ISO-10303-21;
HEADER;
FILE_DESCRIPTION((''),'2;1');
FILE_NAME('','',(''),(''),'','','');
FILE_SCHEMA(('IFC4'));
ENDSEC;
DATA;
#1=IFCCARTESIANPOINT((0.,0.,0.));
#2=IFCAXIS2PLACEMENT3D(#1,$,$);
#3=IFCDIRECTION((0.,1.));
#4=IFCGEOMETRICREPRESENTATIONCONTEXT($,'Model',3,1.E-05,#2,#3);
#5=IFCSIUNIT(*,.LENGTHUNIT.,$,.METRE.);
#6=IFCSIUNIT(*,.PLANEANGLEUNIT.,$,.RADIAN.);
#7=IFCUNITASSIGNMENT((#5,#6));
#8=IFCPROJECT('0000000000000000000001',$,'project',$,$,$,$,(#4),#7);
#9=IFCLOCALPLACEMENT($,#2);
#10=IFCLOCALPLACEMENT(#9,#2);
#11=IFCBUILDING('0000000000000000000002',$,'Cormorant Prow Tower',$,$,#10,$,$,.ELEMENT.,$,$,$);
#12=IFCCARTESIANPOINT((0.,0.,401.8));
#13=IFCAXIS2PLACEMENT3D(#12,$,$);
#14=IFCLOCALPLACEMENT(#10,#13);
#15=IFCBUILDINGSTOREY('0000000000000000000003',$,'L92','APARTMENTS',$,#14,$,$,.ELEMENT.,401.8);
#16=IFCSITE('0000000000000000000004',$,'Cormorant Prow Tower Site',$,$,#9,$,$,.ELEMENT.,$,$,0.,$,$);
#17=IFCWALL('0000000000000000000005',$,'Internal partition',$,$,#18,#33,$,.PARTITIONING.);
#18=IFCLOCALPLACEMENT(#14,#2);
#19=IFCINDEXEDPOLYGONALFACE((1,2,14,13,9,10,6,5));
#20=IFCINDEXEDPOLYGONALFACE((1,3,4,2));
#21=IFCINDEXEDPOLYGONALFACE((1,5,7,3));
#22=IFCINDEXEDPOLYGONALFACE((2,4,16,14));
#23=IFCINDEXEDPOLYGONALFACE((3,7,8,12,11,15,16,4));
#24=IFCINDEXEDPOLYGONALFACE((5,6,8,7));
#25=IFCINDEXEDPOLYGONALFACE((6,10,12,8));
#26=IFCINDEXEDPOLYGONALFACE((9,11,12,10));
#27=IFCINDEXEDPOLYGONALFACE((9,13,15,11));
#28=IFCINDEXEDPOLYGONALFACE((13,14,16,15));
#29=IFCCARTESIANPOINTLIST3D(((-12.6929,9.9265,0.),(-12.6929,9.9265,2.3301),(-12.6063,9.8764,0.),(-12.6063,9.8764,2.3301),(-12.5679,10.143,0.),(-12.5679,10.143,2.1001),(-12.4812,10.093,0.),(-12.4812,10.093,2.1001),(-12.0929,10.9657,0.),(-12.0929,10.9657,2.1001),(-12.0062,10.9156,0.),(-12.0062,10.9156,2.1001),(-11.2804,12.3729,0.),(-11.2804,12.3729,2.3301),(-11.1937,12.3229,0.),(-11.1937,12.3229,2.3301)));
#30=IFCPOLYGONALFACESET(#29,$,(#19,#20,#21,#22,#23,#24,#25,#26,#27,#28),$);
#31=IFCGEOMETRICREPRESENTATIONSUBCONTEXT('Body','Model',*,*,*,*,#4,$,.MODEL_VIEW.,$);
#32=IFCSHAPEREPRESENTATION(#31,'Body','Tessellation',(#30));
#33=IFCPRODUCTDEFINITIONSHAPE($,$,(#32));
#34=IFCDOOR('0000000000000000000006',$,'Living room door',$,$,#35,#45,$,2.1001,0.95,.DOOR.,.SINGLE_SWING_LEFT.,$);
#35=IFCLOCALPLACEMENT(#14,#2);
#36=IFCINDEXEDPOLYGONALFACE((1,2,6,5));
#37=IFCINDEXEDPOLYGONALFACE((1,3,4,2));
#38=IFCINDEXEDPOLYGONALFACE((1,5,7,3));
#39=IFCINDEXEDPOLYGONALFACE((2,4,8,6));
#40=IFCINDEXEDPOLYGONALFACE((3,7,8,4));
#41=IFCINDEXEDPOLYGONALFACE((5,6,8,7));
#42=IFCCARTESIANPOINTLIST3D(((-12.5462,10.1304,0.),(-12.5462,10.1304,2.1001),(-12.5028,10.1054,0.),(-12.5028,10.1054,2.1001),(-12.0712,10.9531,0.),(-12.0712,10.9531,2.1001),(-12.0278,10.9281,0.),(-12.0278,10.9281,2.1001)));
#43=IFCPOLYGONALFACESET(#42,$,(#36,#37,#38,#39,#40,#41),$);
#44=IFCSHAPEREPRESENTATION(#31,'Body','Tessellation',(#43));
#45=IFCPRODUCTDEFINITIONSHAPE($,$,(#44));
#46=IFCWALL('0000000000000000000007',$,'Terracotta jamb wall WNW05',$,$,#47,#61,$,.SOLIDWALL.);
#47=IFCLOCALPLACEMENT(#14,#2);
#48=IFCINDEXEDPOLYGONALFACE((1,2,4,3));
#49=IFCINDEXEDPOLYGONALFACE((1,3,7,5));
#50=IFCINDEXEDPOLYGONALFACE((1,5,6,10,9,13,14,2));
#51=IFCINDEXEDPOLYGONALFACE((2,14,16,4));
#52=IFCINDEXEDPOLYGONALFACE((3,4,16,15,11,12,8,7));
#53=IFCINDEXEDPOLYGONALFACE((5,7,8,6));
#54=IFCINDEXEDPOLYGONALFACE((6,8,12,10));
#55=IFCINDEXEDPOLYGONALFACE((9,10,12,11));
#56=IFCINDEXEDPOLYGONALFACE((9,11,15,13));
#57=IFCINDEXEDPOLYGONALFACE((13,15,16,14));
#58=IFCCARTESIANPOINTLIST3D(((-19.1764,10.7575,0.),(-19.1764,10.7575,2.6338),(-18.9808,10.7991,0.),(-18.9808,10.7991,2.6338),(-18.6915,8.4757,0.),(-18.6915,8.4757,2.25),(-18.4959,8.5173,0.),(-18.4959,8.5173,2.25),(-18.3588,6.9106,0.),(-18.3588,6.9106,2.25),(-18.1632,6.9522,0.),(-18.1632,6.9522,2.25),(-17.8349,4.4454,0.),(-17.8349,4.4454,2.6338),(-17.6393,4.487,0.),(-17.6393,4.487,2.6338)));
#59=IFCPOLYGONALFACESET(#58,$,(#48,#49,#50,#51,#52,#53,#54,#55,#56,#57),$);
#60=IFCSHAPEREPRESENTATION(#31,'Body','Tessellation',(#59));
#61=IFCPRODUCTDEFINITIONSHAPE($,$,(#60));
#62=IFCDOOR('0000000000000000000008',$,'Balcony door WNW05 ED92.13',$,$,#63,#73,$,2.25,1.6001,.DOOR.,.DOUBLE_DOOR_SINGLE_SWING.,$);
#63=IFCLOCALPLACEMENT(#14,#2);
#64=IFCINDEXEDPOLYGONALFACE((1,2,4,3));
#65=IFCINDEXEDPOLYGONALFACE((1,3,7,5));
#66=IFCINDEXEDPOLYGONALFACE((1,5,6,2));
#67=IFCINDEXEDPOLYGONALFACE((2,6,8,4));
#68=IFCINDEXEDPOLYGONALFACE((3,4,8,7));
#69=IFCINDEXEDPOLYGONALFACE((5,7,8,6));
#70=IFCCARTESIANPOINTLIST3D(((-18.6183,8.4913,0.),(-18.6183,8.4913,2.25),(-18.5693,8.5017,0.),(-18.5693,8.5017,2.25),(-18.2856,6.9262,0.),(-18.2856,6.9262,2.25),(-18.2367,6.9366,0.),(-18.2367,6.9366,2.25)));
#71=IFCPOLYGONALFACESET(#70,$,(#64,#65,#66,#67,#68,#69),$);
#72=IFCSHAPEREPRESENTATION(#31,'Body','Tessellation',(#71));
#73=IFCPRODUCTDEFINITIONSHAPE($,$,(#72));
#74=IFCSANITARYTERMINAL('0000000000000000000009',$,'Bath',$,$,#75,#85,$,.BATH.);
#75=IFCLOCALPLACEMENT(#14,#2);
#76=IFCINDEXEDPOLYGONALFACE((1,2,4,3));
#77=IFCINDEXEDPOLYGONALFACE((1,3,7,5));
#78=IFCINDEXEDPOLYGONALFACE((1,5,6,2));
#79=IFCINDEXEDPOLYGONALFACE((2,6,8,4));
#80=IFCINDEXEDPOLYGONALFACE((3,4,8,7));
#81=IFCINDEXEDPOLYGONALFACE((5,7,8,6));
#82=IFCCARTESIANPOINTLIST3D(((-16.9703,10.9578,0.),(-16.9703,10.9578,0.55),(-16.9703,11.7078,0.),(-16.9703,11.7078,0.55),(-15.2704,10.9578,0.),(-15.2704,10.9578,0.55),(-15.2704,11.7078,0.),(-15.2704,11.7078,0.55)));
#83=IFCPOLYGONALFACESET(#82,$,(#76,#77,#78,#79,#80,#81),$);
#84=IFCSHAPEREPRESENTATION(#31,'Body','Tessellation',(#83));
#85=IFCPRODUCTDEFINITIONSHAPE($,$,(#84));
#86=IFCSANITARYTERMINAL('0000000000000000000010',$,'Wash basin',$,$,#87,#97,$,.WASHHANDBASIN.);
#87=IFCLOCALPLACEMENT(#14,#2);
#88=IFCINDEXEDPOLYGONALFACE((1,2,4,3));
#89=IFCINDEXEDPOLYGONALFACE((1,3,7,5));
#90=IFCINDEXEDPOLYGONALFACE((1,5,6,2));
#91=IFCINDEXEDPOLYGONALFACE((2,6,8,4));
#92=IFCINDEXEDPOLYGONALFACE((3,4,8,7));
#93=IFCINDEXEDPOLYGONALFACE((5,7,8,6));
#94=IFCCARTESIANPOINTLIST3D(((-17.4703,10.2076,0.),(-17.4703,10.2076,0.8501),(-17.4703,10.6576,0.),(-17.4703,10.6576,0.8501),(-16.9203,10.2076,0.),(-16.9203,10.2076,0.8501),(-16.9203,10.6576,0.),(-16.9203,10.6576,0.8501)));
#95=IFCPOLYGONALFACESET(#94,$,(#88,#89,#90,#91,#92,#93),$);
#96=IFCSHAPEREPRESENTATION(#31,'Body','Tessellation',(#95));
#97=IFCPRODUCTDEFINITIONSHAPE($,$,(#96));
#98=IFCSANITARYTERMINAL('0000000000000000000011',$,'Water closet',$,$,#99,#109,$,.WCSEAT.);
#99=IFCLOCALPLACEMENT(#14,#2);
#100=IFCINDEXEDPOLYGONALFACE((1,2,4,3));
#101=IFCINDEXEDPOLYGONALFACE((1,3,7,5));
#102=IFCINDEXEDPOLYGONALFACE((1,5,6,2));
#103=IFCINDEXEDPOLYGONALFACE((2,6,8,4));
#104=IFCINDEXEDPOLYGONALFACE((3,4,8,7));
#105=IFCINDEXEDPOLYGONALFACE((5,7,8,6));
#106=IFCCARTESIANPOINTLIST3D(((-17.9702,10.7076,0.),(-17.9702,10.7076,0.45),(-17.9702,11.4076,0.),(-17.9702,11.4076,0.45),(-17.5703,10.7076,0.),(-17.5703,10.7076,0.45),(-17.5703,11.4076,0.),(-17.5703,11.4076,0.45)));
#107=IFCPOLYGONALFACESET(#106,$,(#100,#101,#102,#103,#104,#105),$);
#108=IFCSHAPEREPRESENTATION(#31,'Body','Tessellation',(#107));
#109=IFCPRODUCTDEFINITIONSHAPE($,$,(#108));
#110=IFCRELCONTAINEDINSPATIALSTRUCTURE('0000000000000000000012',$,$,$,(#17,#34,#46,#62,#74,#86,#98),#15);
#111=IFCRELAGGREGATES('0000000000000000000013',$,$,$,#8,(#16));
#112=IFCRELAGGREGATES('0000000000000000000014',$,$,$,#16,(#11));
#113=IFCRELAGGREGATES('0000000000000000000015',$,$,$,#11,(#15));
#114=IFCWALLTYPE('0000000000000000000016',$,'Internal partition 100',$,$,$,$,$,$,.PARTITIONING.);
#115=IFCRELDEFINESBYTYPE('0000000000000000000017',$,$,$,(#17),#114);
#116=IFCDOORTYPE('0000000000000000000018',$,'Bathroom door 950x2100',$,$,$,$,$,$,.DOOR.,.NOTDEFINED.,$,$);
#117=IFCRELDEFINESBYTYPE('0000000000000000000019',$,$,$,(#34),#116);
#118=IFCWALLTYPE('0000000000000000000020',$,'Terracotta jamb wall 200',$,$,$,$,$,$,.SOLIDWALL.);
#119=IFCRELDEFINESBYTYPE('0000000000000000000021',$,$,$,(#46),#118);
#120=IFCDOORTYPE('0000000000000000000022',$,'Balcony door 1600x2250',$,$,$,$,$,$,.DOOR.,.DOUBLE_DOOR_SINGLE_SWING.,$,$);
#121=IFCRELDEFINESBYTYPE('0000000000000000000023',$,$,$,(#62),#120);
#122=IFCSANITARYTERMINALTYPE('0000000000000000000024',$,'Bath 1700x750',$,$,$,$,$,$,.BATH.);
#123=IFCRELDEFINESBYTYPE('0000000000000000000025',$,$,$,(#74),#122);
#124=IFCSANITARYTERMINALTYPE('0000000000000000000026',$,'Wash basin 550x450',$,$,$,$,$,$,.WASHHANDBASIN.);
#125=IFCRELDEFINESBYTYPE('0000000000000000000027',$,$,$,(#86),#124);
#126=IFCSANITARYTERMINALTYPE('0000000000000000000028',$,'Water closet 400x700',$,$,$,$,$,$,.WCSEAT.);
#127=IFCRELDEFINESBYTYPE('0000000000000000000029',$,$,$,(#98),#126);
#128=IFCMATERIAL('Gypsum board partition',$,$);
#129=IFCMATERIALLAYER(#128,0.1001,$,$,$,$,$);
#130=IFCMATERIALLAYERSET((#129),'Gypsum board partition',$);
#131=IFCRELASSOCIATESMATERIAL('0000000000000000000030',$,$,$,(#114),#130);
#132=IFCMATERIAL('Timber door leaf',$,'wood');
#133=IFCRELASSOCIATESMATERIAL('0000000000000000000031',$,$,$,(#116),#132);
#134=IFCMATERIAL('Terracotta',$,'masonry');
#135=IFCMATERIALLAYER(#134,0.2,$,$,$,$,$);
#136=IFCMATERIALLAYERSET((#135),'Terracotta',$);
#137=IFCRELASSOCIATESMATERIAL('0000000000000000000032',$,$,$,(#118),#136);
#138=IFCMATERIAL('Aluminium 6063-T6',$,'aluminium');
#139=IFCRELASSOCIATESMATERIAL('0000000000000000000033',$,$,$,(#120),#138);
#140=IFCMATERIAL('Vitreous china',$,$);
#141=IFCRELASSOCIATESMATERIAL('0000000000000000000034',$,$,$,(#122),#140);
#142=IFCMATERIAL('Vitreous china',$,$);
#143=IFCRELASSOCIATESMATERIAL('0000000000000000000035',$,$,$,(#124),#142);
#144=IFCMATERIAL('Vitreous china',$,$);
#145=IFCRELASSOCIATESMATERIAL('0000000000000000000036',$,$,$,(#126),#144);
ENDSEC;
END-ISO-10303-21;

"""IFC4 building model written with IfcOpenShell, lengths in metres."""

from ifc_helpers import new_model, si_unit, direction, frame, frame_2d, origin, origin_2d, place, context, subcontext, project, spatial, rectangle, extrude, material, layer, layer_set, type_object, element, fill, save


model = new_model("IFC4")

# Units and contexts
model_context = context("Model", 3, precision=1e-05, world=origin(), true_north=direction((0.0, 1.0)))
body_context = subcontext(model_context, "Body", "Model", "MODEL_VIEW")
ifc_project = project(units=[si_unit("LENGTHUNIT", "METRE"), si_unit("PLANEANGLEUNIT", "RADIAN")], contexts=[model_context])

# Site, building, storey
site_placement = place(None, origin())
site = spatial("IfcSite", under=ifc_project, at=site_placement, Name="Cormorant Prow Tower Site", CompositionType="ELEMENT", RefElevation=0.0)
building_placement = place(site_placement, origin())
building = spatial("IfcBuilding", under=site, at=building_placement, Name="Cormorant Prow Tower", CompositionType="ELEMENT")
storey_placement = place(building_placement, frame((0.0, 0.0, 401.8)))
storey = spatial("IfcBuildingStorey", under=building, at=storey_placement, Name="L92", Description="APARTMENTS", CompositionType="ELEMENT", Elevation=401.8)

# Shared definitions
ifc_material_1 = material(Name="Gypsum board partition")
ifc_layer_1 = layer(ifc_material_1, 0.1001)
ifc_layer_set_1 = layer_set([ifc_layer_1], Name="Gypsum board partition")
wall_type_1 = type_object("IfcWallType", Name="Internal partition 100", PredefinedType="PARTITIONING", material=ifc_layer_set_1)
ifc_material_2 = material(Name="Timber door leaf", Category="wood")
door_type_1 = type_object("IfcDoorType", Name="Bathroom door 950x2100", OperationType="NOTDEFINED", PredefinedType="DOOR", material=ifc_material_2)

# Walls, openings, doors
wall_1_placement = place(storey_placement, frame((-12.6497, 9.9014, 0.0), z_axis=(0.0, 0.0, 1.0), x_axis=(0.500024, 0.866011, 0.0)))
wall_1 = element("IfcWall", 1, at=wall_1_placement, inside=storey, type_object=wall_type_1, Name="Internal partition", PredefinedType="PARTITIONING", context=body_context, shape_type="SweptSolid", body=[
    extrude(rectangle(XDim=2.825, YDim=0.1001, at=frame_2d((1.4126, 0.0))), origin(), (0.0, 0.0, 1.0), 2.3301),
])
opening_1_placement = place(wall_1_placement, frame((0.25, 0.0, 0.0)))
opening_1 = element("IfcOpeningElement", 2, at=opening_1_placement, cuts=wall_1, PredefinedType="OPENING", context=body_context, shape_type="SweptSolid", body=[
    extrude(rectangle(XDim=0.95, YDim=2.1001, at=frame_2d((0.4751, 1.05))), frame((0.0, 0.0601, 0.0), z_axis=(0.0, -1.0, 0.0), x_axis=(1.0, 0.0, 0.0)), (0.0, 0.0, 1.0), 0.1201),
])
door_1_placement = place(opening_1_placement, origin())
door_1 = element("IfcDoor", 3, at=door_1_placement, inside=storey, type_object=door_type_1, Name="Living room door", OperationType="SINGLE_SWING_LEFT", OverallHeight=2.1001, OverallWidth=0.95, PredefinedType="DOOR", context=body_context, shape_type="SweptSolid", body=[
    extrude(rectangle(XDim=0.95, YDim=2.1001, at=frame_2d((0.4751, 1.05))), frame((0.0, 0.0249, 0.0), z_axis=(0.0, -1.0, 0.0), x_axis=(1.0, 0.0, 0.0)), (0.0, 0.0, 1.0), 0.05),
])
fill(opening_1, door_1)
ifc_material_3 = material(Name="Terracotta", Category="masonry")
ifc_layer_2 = layer(ifc_material_3, 0.2)
ifc_layer_set_2 = layer_set([ifc_layer_2], Name="Terracotta")
wall_type_2 = type_object("IfcWallType", Name="Terracotta jamb wall 200", PredefinedType="SOLIDWALL", material=ifc_layer_set_2)
wall_2_placement = place(storey_placement, frame((-19.0786, 10.7783, 0.0), z_axis=(0.0, 0.0, 1.0), x_axis=(0.207888, -0.978153, 0.0)))
wall_2 = element("IfcWall", 4, at=wall_2_placement, inside=storey, type_object=wall_type_2, Name="Terracotta jamb wall WNW05", PredefinedType="SOLIDWALL", context=body_context, shape_type="SweptSolid", body=[
    extrude(rectangle(XDim=6.4531, YDim=0.2, at=frame_2d((3.2266, 0.0))), origin(), (0.0, 0.0, 1.0), 2.6338),
])
opening_2_placement = place(wall_2_placement, frame((2.3328, 0.0, 0.0)))
opening_2 = element("IfcOpeningElement", 5, at=opening_2_placement, cuts=wall_2, PredefinedType="OPENING", context=body_context, shape_type="SweptSolid", body=[
    extrude(rectangle(XDim=1.6001, YDim=2.25, at=frame_2d((0.8, 1.125))), frame((0.0, 0.1099, 0.0), z_axis=(0.0, -1.0, 0.0), x_axis=(1.0, 0.0, 0.0)), (0.0, 0.0, 1.0), 0.22),
])
ifc_material_4 = material(Name="Aluminium 6063-T6", Category="aluminium")
door_type_2 = type_object("IfcDoorType", Name="Balcony door 1600x2250", OperationType="DOUBLE_DOOR_SINGLE_SWING", PredefinedType="DOOR", material=ifc_material_4)
door_2_placement = place(opening_2_placement, origin())
door_2 = element("IfcDoor", 6, at=door_2_placement, inside=storey, type_object=door_type_2, Name="Balcony door WNW05 ED92.13", OperationType="DOUBLE_DOOR_SINGLE_SWING", OverallHeight=2.25, OverallWidth=1.6001, PredefinedType="DOOR", context=body_context, shape_type="SweptSolid", body=[
    extrude(rectangle(XDim=1.6001, YDim=2.25, at=frame_2d((0.8, 1.125))), frame((0.0, 0.0249, 0.0), z_axis=(0.0, -1.0, 0.0), x_axis=(1.0, 0.0, 0.0)), (0.0, 0.0, 1.0), 0.05),
])
fill(opening_2, door_2)

# Sanitary terminals
ifc_material_5 = material(Name="Vitreous china")
sanitary_terminal_type_1 = type_object("IfcSanitaryTerminalType", Name="Bath 1700x750", PredefinedType="BATH", material=ifc_material_5)
sanitary_terminal_1_placement = place(storey_placement, frame((-16.1204, 11.3328, 0.0), z_axis=(0.0, 0.0, 1.0), x_axis=(1.0, 0.0, 0.0)))
element("IfcSanitaryTerminal", 7, at=sanitary_terminal_1_placement, inside=storey, type_object=sanitary_terminal_type_1, Name="Bath", PredefinedType="BATH", context=body_context, shape_type="SweptSolid", body=[
    extrude(rectangle(XDim=1.7, YDim=0.75, at=origin_2d()), origin(), (0.0, 0.0, 1.0), 0.55),
])
ifc_material_6 = material(Name="Vitreous china")
sanitary_terminal_type_2 = type_object("IfcSanitaryTerminalType", Name="Wash basin 550x450", PredefinedType="WASHHANDBASIN", material=ifc_material_6)
sanitary_terminal_2_placement = place(storey_placement, frame((-17.1953, 10.4326, 0.0), z_axis=(0.0, 0.0, 1.0), x_axis=(1.0, 0.0, 0.0)))
element("IfcSanitaryTerminal", 8, at=sanitary_terminal_2_placement, inside=storey, type_object=sanitary_terminal_type_2, Name="Wash basin", PredefinedType="WASHHANDBASIN", context=body_context, shape_type="SweptSolid", body=[
    extrude(rectangle(XDim=0.55, YDim=0.45, at=origin_2d()), origin(), (0.0, 0.0, 1.0), 0.8501),
])
ifc_material_7 = material(Name="Vitreous china")
sanitary_terminal_type_3 = type_object("IfcSanitaryTerminalType", Name="Water closet 400x700", PredefinedType="WCSEAT", material=ifc_material_7)
sanitary_terminal_3_placement = place(storey_placement, frame((-17.7703, 11.0576, 0.0), z_axis=(0.0, 0.0, 1.0), x_axis=(1.0, 0.0, 0.0)))
element("IfcSanitaryTerminal", 9, at=sanitary_terminal_3_placement, inside=storey, type_object=sanitary_terminal_type_3, Name="Water closet", PredefinedType="WCSEAT", context=body_context, shape_type="SweptSolid", body=[
    extrude(rectangle(XDim=0.3999, YDim=0.7, at=origin_2d()), origin(), (0.0, 0.0, 1.0), 0.45),
])

save(model, "model.ifc")
